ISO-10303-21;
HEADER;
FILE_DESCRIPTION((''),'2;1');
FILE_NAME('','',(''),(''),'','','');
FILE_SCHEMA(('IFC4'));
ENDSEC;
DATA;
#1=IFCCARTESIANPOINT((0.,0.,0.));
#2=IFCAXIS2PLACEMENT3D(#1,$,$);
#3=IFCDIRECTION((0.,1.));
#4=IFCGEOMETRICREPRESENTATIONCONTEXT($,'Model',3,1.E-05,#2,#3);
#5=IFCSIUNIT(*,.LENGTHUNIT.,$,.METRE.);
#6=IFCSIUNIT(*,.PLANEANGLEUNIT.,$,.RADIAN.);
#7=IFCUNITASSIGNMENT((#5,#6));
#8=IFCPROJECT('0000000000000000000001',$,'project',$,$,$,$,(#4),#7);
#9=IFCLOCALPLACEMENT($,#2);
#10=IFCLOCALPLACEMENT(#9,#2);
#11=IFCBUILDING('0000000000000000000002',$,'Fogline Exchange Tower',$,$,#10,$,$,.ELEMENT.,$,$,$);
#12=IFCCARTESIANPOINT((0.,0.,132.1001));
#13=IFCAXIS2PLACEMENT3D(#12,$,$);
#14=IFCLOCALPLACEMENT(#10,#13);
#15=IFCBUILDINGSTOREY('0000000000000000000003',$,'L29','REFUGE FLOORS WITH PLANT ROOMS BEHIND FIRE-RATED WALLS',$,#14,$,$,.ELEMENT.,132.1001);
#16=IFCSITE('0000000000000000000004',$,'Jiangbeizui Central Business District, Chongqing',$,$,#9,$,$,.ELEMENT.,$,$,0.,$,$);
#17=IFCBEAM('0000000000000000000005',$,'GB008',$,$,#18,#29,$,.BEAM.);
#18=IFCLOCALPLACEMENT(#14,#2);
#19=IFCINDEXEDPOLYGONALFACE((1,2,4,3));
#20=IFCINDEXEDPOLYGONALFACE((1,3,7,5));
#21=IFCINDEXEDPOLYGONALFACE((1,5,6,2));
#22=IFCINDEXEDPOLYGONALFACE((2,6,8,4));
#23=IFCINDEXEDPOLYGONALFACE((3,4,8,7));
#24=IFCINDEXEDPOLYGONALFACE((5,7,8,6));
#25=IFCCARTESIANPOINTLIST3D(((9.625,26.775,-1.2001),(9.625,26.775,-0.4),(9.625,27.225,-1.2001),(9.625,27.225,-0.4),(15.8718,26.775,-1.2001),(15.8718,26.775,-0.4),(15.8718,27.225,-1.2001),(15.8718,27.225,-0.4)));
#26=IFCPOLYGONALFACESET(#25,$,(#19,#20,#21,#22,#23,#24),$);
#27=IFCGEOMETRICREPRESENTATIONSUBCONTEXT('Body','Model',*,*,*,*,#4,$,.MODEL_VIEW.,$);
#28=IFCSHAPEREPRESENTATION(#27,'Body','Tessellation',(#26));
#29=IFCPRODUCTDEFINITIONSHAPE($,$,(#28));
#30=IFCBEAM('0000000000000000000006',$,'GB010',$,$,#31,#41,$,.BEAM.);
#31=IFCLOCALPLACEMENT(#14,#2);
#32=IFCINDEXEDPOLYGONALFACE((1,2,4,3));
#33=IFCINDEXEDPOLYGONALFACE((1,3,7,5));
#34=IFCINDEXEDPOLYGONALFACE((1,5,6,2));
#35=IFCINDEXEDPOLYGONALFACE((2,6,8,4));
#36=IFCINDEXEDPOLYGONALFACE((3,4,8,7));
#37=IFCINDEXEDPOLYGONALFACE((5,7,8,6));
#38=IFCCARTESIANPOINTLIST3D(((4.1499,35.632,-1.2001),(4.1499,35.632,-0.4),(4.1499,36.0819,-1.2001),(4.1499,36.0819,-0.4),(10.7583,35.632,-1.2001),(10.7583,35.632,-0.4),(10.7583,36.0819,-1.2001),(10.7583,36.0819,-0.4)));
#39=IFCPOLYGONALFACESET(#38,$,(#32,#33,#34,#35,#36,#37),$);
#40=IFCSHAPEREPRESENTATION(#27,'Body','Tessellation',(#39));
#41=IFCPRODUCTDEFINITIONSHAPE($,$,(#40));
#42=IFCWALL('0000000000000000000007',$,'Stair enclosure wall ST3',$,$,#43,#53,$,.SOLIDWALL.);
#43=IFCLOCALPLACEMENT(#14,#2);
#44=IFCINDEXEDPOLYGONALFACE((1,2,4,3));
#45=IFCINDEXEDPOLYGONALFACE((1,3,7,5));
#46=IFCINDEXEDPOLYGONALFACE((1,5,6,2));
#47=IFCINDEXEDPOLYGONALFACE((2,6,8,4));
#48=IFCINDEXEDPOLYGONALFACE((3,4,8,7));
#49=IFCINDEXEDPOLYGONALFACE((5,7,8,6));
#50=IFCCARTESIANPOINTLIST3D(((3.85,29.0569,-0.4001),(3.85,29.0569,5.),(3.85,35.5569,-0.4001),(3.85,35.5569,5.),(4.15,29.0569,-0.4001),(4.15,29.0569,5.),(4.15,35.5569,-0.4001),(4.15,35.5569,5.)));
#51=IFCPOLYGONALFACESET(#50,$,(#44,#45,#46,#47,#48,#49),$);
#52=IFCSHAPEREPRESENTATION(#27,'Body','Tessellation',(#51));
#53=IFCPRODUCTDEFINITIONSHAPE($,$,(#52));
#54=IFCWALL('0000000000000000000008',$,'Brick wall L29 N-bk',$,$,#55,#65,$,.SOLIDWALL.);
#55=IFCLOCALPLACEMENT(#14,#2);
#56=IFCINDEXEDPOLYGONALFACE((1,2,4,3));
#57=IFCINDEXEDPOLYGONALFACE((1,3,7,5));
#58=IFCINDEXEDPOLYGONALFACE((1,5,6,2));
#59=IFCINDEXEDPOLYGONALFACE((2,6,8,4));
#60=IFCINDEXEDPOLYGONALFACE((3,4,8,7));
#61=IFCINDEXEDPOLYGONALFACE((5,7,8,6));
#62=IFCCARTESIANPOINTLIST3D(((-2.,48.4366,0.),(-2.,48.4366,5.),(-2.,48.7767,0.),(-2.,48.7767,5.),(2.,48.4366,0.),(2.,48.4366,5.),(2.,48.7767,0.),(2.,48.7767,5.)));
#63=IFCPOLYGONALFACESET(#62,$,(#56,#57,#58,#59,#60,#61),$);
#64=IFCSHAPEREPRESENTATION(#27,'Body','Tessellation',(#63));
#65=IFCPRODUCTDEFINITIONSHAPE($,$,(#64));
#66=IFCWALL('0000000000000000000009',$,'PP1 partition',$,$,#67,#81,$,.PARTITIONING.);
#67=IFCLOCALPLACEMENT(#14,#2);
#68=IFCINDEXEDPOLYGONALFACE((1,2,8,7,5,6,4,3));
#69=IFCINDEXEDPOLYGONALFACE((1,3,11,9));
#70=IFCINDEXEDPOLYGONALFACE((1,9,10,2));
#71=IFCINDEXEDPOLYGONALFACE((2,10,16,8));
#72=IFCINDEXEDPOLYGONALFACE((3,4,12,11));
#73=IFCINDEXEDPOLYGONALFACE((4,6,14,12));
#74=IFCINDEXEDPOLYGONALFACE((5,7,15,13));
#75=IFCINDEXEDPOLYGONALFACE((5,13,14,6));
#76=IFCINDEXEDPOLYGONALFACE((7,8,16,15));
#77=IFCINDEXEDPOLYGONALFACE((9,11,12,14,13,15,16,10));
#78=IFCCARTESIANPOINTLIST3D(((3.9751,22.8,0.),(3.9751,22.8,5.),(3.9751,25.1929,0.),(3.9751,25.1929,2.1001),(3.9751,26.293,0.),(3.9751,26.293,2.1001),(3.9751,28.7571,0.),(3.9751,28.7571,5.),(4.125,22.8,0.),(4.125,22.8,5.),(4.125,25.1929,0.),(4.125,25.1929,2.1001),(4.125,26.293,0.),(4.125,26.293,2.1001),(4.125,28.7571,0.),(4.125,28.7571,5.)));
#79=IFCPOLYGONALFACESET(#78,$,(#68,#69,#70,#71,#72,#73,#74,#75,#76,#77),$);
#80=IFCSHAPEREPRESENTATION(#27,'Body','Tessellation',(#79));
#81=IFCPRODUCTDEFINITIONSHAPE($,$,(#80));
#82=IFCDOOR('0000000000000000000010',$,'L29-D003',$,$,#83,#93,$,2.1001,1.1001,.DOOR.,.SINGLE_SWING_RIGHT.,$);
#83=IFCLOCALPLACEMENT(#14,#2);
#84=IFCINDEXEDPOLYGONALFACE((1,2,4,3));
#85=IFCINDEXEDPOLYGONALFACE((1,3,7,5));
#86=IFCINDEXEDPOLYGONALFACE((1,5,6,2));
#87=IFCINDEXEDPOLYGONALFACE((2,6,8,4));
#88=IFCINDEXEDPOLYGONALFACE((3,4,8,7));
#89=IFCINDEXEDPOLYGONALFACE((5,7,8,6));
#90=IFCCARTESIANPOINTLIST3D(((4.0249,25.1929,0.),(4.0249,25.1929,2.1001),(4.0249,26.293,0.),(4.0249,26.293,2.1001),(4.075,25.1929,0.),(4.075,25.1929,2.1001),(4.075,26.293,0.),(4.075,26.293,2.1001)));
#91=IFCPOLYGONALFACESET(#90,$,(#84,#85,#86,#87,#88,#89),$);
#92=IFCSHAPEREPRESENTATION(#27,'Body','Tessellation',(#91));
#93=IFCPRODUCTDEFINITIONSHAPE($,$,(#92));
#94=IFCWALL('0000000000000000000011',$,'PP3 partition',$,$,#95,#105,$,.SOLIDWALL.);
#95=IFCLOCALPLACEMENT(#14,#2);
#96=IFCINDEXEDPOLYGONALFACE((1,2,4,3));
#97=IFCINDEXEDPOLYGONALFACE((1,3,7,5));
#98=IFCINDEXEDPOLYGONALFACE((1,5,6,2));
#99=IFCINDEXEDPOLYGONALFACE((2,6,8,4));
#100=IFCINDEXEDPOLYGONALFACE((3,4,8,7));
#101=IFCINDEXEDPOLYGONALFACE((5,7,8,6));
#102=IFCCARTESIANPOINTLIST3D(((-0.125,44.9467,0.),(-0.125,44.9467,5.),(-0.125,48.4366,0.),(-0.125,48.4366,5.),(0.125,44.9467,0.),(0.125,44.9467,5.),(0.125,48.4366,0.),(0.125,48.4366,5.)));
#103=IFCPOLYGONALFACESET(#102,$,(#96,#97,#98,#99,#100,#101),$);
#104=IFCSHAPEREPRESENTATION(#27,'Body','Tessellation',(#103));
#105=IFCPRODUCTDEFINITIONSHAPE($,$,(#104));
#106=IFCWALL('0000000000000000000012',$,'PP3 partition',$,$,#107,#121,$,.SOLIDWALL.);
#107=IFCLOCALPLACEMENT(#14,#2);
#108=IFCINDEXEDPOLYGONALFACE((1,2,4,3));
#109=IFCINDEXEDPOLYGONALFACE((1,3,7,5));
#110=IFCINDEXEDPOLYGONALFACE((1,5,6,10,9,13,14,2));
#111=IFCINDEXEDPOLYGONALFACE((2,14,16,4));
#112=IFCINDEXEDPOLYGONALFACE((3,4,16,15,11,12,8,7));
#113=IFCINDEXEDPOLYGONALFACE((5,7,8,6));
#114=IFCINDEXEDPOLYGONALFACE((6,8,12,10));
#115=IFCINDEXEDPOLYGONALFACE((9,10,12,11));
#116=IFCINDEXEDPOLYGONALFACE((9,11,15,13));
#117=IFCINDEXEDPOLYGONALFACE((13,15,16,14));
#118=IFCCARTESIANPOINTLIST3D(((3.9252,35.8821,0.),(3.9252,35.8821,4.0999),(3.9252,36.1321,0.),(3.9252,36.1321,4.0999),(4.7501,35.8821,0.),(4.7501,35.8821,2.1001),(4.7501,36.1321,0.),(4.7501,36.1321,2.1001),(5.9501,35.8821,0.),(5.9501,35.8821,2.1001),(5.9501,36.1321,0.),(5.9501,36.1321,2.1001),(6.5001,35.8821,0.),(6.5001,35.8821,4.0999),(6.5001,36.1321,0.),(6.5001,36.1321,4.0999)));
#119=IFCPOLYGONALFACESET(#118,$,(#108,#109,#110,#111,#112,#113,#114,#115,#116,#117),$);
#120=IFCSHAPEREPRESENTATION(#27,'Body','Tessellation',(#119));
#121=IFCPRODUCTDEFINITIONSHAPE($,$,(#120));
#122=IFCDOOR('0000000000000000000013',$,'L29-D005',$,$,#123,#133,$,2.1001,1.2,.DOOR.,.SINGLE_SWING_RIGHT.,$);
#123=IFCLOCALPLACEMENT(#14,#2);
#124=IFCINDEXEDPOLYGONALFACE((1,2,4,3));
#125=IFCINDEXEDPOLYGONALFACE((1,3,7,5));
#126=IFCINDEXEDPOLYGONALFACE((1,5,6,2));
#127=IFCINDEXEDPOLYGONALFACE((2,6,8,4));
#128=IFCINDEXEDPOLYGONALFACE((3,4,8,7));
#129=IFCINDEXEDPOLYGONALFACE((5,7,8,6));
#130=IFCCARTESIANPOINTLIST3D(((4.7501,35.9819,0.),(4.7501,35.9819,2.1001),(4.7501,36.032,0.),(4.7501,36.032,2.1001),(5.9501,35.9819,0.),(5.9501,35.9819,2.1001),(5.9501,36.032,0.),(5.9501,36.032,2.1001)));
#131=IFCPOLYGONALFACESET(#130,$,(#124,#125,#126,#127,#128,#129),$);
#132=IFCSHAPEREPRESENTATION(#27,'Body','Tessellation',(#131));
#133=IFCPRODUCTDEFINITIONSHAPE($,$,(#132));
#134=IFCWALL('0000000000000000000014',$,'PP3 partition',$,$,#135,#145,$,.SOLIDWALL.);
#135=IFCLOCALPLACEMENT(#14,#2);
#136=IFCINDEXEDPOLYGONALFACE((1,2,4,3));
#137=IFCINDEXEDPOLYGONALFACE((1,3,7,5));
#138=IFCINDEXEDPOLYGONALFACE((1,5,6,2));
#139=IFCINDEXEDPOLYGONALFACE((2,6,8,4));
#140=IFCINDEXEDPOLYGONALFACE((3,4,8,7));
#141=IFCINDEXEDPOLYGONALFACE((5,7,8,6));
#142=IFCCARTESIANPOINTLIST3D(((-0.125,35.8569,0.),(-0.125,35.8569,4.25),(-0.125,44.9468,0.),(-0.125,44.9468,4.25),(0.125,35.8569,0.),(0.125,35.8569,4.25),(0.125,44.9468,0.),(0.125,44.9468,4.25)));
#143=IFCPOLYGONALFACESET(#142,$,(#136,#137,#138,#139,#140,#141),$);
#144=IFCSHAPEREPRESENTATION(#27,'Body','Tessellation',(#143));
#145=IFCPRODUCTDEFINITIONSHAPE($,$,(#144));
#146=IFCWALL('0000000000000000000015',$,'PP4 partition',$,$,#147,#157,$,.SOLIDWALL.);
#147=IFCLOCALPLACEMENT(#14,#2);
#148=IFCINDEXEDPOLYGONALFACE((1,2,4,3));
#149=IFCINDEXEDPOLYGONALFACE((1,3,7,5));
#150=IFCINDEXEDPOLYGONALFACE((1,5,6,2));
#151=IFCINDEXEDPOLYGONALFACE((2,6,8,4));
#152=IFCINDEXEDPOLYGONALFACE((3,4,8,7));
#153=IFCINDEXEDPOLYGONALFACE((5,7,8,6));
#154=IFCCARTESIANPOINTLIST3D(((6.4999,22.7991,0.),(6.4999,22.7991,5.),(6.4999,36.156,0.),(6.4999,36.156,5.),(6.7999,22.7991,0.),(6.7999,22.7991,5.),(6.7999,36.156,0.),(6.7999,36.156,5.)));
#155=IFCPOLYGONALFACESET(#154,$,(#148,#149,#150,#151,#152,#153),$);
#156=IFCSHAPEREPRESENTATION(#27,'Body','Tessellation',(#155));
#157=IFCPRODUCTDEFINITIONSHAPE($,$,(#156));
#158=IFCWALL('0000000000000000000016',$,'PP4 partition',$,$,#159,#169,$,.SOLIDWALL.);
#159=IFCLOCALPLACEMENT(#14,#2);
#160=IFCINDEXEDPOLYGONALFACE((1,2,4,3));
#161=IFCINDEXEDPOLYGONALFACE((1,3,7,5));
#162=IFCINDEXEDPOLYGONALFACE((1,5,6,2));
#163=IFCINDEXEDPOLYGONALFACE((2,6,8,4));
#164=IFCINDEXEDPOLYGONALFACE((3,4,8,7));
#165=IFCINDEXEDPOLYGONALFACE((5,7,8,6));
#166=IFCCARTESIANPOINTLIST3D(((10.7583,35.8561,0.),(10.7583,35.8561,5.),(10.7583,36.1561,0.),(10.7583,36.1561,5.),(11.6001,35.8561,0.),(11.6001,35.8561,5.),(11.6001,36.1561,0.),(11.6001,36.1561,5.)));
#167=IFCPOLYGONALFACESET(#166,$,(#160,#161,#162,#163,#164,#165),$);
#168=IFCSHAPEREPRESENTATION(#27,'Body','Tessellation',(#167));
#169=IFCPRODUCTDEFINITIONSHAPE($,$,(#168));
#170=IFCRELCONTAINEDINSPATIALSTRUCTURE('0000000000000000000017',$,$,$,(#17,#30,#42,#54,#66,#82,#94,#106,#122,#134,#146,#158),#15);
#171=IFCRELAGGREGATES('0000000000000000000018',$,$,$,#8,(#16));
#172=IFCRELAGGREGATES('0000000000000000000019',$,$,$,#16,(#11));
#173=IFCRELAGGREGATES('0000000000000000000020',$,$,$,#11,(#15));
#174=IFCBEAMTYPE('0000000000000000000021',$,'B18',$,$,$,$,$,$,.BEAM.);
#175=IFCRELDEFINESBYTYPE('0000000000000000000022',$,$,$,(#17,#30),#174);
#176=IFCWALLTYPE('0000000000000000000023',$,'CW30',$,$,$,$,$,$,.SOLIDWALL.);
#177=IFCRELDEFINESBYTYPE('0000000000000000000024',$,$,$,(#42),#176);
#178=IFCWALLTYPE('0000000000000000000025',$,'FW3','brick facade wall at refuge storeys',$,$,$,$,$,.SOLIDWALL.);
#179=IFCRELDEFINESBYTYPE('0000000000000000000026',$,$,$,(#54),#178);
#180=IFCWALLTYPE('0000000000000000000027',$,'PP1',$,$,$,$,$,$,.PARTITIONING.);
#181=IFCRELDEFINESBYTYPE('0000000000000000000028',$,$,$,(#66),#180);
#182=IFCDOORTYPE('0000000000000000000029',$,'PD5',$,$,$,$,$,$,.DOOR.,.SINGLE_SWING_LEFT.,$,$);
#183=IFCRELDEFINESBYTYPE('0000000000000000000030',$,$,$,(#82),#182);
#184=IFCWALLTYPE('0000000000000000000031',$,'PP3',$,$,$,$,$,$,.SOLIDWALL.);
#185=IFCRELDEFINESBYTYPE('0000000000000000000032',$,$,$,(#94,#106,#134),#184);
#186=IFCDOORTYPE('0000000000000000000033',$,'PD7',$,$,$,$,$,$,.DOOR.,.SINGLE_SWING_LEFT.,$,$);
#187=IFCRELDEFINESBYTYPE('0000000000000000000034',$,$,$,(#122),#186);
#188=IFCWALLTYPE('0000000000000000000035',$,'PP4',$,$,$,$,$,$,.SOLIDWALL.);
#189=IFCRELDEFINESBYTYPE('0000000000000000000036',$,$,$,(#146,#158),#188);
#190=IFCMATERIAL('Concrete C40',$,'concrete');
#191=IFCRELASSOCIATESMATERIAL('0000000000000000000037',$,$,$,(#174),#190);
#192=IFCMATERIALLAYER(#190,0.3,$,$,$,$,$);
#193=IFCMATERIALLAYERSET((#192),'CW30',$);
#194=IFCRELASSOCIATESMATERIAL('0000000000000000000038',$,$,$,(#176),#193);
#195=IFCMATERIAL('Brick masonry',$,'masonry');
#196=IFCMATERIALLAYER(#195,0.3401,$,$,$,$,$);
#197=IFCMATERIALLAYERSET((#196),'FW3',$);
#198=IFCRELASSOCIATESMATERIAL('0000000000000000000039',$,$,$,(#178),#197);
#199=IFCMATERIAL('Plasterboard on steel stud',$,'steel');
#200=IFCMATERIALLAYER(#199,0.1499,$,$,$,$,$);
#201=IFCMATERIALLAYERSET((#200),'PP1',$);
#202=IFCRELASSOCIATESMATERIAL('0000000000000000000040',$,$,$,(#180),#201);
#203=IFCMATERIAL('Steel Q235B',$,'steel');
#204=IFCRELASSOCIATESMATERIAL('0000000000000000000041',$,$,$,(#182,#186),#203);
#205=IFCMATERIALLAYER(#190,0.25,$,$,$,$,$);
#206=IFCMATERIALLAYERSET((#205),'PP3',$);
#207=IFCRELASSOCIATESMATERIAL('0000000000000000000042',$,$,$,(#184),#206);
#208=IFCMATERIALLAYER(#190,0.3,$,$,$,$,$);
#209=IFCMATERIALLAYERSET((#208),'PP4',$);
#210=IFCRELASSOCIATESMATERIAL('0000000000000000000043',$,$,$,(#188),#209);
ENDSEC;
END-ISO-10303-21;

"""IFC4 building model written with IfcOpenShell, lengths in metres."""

from ifc_helpers import new_model, si_unit, direction, frame, frame_2d, origin, origin_2d, place, context, subcontext, project, spatial, rectangle, extrude, material, layer, layer_set, material_profile, profile_set, type_object, element, fill, save


model = new_model("IFC4")

# Units and contexts
model_context = context("Model", 3, precision=1e-05, world=origin(), true_north=direction((0.0, 1.0)))
body_context = subcontext(model_context, "Body", "Model", "MODEL_VIEW")
ifc_project = project(units=[si_unit("LENGTHUNIT", "METRE"), si_unit("PLANEANGLEUNIT", "RADIAN")], contexts=[model_context])

# Site, building, storey
site_placement = place(None, origin())
site = spatial("IfcSite", under=ifc_project, at=site_placement, Name="Jiangbeizui Central Business District, Chongqing", CompositionType="ELEMENT", RefElevation=0.0)
building_placement = place(site_placement, origin())
building = spatial("IfcBuilding", under=site, at=building_placement, Name="Fogline Exchange Tower", CompositionType="ELEMENT")
storey_placement = place(building_placement, frame((0.0, 0.0, 132.1001)))
storey = spatial("IfcBuildingStorey", under=building, at=storey_placement, Name="L29", Description="REFUGE FLOORS WITH PLANT ROOMS BEHIND FIRE-RATED WALLS", CompositionType="ELEMENT", Elevation=132.1001)

# Beams
ifc_material_1 = material(Name="Concrete C40", Category="concrete")
ifc_material_profile_1 = material_profile(ifc_material_1, rectangle(XDim=0.45, YDim=0.8, at=origin_2d()), Name="RC 450x800")
ifc_profile_set_1 = profile_set([ifc_material_profile_1], Name="Concrete C40")
beam_type_1 = type_object("IfcBeamType", Name="B18", PredefinedType="BEAM", material=ifc_profile_set_1)
beam_1_placement = place(storey_placement, frame((9.625, 27.0, -0.8), z_axis=(1.0, 0.0, 0.0), x_axis=(0.0, 1.0, 0.0)))
element("IfcBeam", 1, at=beam_1_placement, inside=storey, type_object=beam_type_1, Name="GB008", PredefinedType="BEAM", context=body_context, shape_type="SweptSolid", body=[
    extrude(rectangle(XDim=0.45, YDim=0.8, at=origin_2d()), origin(), (0.0, 0.0, 1.0), 6.2468),
])
beam_2_placement = place(storey_placement, frame((4.1499, 35.8569, -0.8), z_axis=(1.0, 0.0, 0.0), x_axis=(0.0, 1.0, 0.0)))
element("IfcBeam", 2, at=beam_2_placement, inside=storey, type_object=beam_type_1, Name="GB010", PredefinedType="BEAM", context=body_context, shape_type="SweptSolid", body=[
    extrude(rectangle(XDim=0.45, YDim=0.8, at=origin_2d()), origin(), (0.0, 0.0, 1.0), 6.6084),
])

# Walls
ifc_layer_1 = layer(ifc_material_1, 0.3)
ifc_layer_set_1 = layer_set([ifc_layer_1], Name="CW30")
wall_type_1 = type_object("IfcWallType", Name="CW30", PredefinedType="SOLIDWALL", material=ifc_layer_set_1)
wall_1_placement = place(storey_placement, frame((4.0, 29.0569, -0.4001), z_axis=(0.0, 0.0, 1.0), x_axis=(0.0, 1.0, 0.0)))
element("IfcWall", 3, at=wall_1_placement, inside=storey, type_object=wall_type_1, Name="Stair enclosure wall ST3", PredefinedType="SOLIDWALL", context=body_context, shape_type="SweptSolid", body=[
    extrude(rectangle(XDim=6.5, YDim=0.3, at=frame_2d((3.25, 0.0))), origin(), (0.0, 0.0, 1.0), 5.4001),
])
ifc_material_2 = material(Name="Brick masonry", Category="masonry")
ifc_layer_2 = layer(ifc_material_2, 0.3401)
ifc_layer_set_2 = layer_set([ifc_layer_2], Name="FW3")
wall_type_2 = type_object("IfcWallType", Name="FW3", Description="brick facade wall at refuge storeys", PredefinedType="SOLIDWALL", material=ifc_layer_set_2)
wall_2_placement = place(storey_placement, frame((2.0, 48.6067, 0.0), z_axis=(0.0, 0.0, 1.0), x_axis=(-1.0, 0.0, 0.0)))
element("IfcWall", 4, at=wall_2_placement, inside=storey, type_object=wall_type_2, Name="Brick wall L29 N-bk", PredefinedType="SOLIDWALL", context=body_context, shape_type="SweptSolid", body=[
    extrude(rectangle(XDim=4.0, YDim=0.3401, at=frame_2d((2.0, 0.0))), origin(), (0.0, 0.0, 1.0), 5.0),
])

# Wall, opening, door
ifc_material_3 = material(Name="Plasterboard on steel stud", Category="steel")
ifc_layer_3 = layer(ifc_material_3, 0.1499)
ifc_layer_set_3 = layer_set([ifc_layer_3], Name="PP1")
wall_type_3 = type_object("IfcWallType", Name="PP1", PredefinedType="PARTITIONING", material=ifc_layer_set_3)
wall_3_placement = place(storey_placement, frame((4.05, 28.7571, 0.0), z_axis=(0.0, 0.0, 1.0), x_axis=(0.0, -1.0, 0.0)))
wall_3 = element("IfcWall", 5, at=wall_3_placement, inside=storey, type_object=wall_type_3, Name="PP1 partition", PredefinedType="PARTITIONING", context=body_context, shape_type="SweptSolid", body=[
    extrude(rectangle(XDim=5.957, YDim=0.1499, at=frame_2d((2.9785, 0.0))), origin(), (0.0, 0.0, 1.0), 5.0),
])
opening_1_placement = place(wall_3_placement, frame((2.4641, 0.0, 0.0)))
opening_1 = element("IfcOpeningElement", 6, at=opening_1_placement, cuts=wall_3, PredefinedType="OPENING", context=body_context, shape_type="SweptSolid", body=[
    extrude(rectangle(XDim=1.1001, YDim=2.1001, at=frame_2d((0.55, 1.05))), frame((0.0, 0.085, 0.0), z_axis=(0.0, -1.0, 0.0), x_axis=(1.0, 0.0, 0.0)), (0.0, 0.0, 1.0), 0.1699),
])
ifc_material_4 = material(Name="Steel Q235B", Category="steel")
door_type_1 = type_object("IfcDoorType", Name="PD5", OperationType="SINGLE_SWING_LEFT", PredefinedType="DOOR", material=ifc_material_4)
door_1_placement = place(opening_1_placement, origin())
door_1 = element("IfcDoor", 7, at=door_1_placement, inside=storey, type_object=door_type_1, Name="L29-D003", OperationType="SINGLE_SWING_RIGHT", OverallHeight=2.1001, OverallWidth=1.1001, PredefinedType="DOOR", context=body_context, shape_type="SweptSolid", body=[
    extrude(rectangle(XDim=1.1001, YDim=2.1001, at=frame_2d((0.55, 1.05))), frame((0.0, 0.0249, 0.0), z_axis=(0.0, -1.0, 0.0), x_axis=(1.0, 0.0, 0.0)), (0.0, 0.0, 1.0), 0.05),
])
fill(opening_1, door_1)

# Wall
ifc_layer_4 = layer(ifc_material_1, 0.25)
ifc_layer_set_4 = layer_set([ifc_layer_4], Name="PP3")
wall_type_4 = type_object("IfcWallType", Name="PP3", PredefinedType="SOLIDWALL", material=ifc_layer_set_4)
wall_4_placement = place(storey_placement, frame((0.0, 48.4368, 0.0), z_axis=(0.0, 0.0, 1.0), x_axis=(0.0, -1.0, 0.0)))
element("IfcWall", 8, at=wall_4_placement, inside=storey, type_object=wall_type_4, Name="PP3 partition", PredefinedType="SOLIDWALL", context=body_context, shape_type="SweptSolid", body=[
    extrude(rectangle(XDim=3.49, YDim=0.25, at=frame_2d((1.7451, 0.0))), origin(), (0.0, 0.0, 1.0), 5.0),
])

# Wall, opening, door
wall_5_placement = place(storey_placement, frame((3.925, 36.0071, 0.0), z_axis=(0.0, 0.0, 1.0), x_axis=(1.0, 0.0, 0.0)))
wall_5 = element("IfcWall", 9, at=wall_5_placement, inside=storey, type_object=wall_type_4, Name="PP3 partition", PredefinedType="SOLIDWALL", context=body_context, shape_type="SweptSolid", body=[
    extrude(rectangle(XDim=2.575, YDim=0.25, at=frame_2d((1.2876, 0.0))), origin(), (0.0, 0.0, 1.0), 4.0999),
])
opening_2_placement = place(wall_5_placement, frame((0.825, 0.0, 0.0)))
opening_2 = element("IfcOpeningElement", 10, at=opening_2_placement, cuts=wall_5, PredefinedType="OPENING", context=body_context, shape_type="SweptSolid", body=[
    extrude(rectangle(XDim=1.2, YDim=2.1001, at=frame_2d((0.6001, 1.05))), frame((0.0, 0.135, 0.0), z_axis=(0.0, -1.0, 0.0), x_axis=(1.0, 0.0, 0.0)), (0.0, 0.0, 1.0), 0.27),
])
door_type_2 = type_object("IfcDoorType", Name="PD7", OperationType="SINGLE_SWING_LEFT", PredefinedType="DOOR", material=ifc_material_4)
door_2_placement = place(opening_2_placement, origin())
door_2 = element("IfcDoor", 11, at=door_2_placement, inside=storey, type_object=door_type_2, Name="L29-D005", OperationType="SINGLE_SWING_RIGHT", OverallHeight=2.1001, OverallWidth=1.2, PredefinedType="DOOR", context=body_context, shape_type="SweptSolid", body=[
    extrude(rectangle(XDim=1.2, YDim=2.1001, at=frame_2d((0.6001, 1.05))), frame((0.0, 0.0249, 0.0), z_axis=(0.0, -1.0, 0.0), x_axis=(1.0, 0.0, 0.0)), (0.0, 0.0, 1.0), 0.05),
])
fill(opening_2, door_2)

# Walls
wall_6_placement = place(storey_placement, frame((0.0, 44.9468, 0.0), z_axis=(0.0, 0.0, 1.0), x_axis=(0.0, -1.0, 0.0)))
element("IfcWall", 12, at=wall_6_placement, inside=storey, type_object=wall_type_4, Name="PP3 partition", PredefinedType="SOLIDWALL", context=body_context, shape_type="SweptSolid", body=[
    extrude(rectangle(XDim=9.0898, YDim=0.25, at=frame_2d((4.5449, 0.0))), origin(), (0.0, 0.0, 1.0), 4.25),
])
ifc_layer_5 = layer(ifc_material_1, 0.3)
ifc_layer_set_5 = layer_set([ifc_layer_5], Name="PP4")
wall_type_5 = type_object("IfcWallType", Name="PP4", PredefinedType="SOLIDWALL", material=ifc_layer_set_5)
wall_7_placement = place(storey_placement, frame((6.6499, 36.156, 0.0), z_axis=(0.0, 0.0, 1.0), x_axis=(0.0, -1.0, 0.0)))
element("IfcWall", 13, at=wall_7_placement, inside=storey, type_object=wall_type_5, Name="PP4 partition", PredefinedType="SOLIDWALL", context=body_context, shape_type="SweptSolid", body=[
    extrude(rectangle(XDim=13.3569, YDim=0.3, at=frame_2d((6.6785, 0.0))), origin(), (0.0, 0.0, 1.0), 5.0),
])
wall_8_placement = place(storey_placement, frame((11.6001, 36.0061, 0.0), z_axis=(0.0, 0.0, 1.0), x_axis=(-1.0, 0.0, 0.0)))
element("IfcWall", 14, at=wall_8_placement, inside=storey, type_object=wall_type_5, Name="PP4 partition", PredefinedType="SOLIDWALL", context=body_context, shape_type="SweptSolid", body=[
    extrude(rectangle(XDim=0.8418, YDim=0.3, at=frame_2d((0.4209, 0.0))), origin(), (0.0, 0.0, 1.0), 5.0),
])

save(model, "model.ifc")
